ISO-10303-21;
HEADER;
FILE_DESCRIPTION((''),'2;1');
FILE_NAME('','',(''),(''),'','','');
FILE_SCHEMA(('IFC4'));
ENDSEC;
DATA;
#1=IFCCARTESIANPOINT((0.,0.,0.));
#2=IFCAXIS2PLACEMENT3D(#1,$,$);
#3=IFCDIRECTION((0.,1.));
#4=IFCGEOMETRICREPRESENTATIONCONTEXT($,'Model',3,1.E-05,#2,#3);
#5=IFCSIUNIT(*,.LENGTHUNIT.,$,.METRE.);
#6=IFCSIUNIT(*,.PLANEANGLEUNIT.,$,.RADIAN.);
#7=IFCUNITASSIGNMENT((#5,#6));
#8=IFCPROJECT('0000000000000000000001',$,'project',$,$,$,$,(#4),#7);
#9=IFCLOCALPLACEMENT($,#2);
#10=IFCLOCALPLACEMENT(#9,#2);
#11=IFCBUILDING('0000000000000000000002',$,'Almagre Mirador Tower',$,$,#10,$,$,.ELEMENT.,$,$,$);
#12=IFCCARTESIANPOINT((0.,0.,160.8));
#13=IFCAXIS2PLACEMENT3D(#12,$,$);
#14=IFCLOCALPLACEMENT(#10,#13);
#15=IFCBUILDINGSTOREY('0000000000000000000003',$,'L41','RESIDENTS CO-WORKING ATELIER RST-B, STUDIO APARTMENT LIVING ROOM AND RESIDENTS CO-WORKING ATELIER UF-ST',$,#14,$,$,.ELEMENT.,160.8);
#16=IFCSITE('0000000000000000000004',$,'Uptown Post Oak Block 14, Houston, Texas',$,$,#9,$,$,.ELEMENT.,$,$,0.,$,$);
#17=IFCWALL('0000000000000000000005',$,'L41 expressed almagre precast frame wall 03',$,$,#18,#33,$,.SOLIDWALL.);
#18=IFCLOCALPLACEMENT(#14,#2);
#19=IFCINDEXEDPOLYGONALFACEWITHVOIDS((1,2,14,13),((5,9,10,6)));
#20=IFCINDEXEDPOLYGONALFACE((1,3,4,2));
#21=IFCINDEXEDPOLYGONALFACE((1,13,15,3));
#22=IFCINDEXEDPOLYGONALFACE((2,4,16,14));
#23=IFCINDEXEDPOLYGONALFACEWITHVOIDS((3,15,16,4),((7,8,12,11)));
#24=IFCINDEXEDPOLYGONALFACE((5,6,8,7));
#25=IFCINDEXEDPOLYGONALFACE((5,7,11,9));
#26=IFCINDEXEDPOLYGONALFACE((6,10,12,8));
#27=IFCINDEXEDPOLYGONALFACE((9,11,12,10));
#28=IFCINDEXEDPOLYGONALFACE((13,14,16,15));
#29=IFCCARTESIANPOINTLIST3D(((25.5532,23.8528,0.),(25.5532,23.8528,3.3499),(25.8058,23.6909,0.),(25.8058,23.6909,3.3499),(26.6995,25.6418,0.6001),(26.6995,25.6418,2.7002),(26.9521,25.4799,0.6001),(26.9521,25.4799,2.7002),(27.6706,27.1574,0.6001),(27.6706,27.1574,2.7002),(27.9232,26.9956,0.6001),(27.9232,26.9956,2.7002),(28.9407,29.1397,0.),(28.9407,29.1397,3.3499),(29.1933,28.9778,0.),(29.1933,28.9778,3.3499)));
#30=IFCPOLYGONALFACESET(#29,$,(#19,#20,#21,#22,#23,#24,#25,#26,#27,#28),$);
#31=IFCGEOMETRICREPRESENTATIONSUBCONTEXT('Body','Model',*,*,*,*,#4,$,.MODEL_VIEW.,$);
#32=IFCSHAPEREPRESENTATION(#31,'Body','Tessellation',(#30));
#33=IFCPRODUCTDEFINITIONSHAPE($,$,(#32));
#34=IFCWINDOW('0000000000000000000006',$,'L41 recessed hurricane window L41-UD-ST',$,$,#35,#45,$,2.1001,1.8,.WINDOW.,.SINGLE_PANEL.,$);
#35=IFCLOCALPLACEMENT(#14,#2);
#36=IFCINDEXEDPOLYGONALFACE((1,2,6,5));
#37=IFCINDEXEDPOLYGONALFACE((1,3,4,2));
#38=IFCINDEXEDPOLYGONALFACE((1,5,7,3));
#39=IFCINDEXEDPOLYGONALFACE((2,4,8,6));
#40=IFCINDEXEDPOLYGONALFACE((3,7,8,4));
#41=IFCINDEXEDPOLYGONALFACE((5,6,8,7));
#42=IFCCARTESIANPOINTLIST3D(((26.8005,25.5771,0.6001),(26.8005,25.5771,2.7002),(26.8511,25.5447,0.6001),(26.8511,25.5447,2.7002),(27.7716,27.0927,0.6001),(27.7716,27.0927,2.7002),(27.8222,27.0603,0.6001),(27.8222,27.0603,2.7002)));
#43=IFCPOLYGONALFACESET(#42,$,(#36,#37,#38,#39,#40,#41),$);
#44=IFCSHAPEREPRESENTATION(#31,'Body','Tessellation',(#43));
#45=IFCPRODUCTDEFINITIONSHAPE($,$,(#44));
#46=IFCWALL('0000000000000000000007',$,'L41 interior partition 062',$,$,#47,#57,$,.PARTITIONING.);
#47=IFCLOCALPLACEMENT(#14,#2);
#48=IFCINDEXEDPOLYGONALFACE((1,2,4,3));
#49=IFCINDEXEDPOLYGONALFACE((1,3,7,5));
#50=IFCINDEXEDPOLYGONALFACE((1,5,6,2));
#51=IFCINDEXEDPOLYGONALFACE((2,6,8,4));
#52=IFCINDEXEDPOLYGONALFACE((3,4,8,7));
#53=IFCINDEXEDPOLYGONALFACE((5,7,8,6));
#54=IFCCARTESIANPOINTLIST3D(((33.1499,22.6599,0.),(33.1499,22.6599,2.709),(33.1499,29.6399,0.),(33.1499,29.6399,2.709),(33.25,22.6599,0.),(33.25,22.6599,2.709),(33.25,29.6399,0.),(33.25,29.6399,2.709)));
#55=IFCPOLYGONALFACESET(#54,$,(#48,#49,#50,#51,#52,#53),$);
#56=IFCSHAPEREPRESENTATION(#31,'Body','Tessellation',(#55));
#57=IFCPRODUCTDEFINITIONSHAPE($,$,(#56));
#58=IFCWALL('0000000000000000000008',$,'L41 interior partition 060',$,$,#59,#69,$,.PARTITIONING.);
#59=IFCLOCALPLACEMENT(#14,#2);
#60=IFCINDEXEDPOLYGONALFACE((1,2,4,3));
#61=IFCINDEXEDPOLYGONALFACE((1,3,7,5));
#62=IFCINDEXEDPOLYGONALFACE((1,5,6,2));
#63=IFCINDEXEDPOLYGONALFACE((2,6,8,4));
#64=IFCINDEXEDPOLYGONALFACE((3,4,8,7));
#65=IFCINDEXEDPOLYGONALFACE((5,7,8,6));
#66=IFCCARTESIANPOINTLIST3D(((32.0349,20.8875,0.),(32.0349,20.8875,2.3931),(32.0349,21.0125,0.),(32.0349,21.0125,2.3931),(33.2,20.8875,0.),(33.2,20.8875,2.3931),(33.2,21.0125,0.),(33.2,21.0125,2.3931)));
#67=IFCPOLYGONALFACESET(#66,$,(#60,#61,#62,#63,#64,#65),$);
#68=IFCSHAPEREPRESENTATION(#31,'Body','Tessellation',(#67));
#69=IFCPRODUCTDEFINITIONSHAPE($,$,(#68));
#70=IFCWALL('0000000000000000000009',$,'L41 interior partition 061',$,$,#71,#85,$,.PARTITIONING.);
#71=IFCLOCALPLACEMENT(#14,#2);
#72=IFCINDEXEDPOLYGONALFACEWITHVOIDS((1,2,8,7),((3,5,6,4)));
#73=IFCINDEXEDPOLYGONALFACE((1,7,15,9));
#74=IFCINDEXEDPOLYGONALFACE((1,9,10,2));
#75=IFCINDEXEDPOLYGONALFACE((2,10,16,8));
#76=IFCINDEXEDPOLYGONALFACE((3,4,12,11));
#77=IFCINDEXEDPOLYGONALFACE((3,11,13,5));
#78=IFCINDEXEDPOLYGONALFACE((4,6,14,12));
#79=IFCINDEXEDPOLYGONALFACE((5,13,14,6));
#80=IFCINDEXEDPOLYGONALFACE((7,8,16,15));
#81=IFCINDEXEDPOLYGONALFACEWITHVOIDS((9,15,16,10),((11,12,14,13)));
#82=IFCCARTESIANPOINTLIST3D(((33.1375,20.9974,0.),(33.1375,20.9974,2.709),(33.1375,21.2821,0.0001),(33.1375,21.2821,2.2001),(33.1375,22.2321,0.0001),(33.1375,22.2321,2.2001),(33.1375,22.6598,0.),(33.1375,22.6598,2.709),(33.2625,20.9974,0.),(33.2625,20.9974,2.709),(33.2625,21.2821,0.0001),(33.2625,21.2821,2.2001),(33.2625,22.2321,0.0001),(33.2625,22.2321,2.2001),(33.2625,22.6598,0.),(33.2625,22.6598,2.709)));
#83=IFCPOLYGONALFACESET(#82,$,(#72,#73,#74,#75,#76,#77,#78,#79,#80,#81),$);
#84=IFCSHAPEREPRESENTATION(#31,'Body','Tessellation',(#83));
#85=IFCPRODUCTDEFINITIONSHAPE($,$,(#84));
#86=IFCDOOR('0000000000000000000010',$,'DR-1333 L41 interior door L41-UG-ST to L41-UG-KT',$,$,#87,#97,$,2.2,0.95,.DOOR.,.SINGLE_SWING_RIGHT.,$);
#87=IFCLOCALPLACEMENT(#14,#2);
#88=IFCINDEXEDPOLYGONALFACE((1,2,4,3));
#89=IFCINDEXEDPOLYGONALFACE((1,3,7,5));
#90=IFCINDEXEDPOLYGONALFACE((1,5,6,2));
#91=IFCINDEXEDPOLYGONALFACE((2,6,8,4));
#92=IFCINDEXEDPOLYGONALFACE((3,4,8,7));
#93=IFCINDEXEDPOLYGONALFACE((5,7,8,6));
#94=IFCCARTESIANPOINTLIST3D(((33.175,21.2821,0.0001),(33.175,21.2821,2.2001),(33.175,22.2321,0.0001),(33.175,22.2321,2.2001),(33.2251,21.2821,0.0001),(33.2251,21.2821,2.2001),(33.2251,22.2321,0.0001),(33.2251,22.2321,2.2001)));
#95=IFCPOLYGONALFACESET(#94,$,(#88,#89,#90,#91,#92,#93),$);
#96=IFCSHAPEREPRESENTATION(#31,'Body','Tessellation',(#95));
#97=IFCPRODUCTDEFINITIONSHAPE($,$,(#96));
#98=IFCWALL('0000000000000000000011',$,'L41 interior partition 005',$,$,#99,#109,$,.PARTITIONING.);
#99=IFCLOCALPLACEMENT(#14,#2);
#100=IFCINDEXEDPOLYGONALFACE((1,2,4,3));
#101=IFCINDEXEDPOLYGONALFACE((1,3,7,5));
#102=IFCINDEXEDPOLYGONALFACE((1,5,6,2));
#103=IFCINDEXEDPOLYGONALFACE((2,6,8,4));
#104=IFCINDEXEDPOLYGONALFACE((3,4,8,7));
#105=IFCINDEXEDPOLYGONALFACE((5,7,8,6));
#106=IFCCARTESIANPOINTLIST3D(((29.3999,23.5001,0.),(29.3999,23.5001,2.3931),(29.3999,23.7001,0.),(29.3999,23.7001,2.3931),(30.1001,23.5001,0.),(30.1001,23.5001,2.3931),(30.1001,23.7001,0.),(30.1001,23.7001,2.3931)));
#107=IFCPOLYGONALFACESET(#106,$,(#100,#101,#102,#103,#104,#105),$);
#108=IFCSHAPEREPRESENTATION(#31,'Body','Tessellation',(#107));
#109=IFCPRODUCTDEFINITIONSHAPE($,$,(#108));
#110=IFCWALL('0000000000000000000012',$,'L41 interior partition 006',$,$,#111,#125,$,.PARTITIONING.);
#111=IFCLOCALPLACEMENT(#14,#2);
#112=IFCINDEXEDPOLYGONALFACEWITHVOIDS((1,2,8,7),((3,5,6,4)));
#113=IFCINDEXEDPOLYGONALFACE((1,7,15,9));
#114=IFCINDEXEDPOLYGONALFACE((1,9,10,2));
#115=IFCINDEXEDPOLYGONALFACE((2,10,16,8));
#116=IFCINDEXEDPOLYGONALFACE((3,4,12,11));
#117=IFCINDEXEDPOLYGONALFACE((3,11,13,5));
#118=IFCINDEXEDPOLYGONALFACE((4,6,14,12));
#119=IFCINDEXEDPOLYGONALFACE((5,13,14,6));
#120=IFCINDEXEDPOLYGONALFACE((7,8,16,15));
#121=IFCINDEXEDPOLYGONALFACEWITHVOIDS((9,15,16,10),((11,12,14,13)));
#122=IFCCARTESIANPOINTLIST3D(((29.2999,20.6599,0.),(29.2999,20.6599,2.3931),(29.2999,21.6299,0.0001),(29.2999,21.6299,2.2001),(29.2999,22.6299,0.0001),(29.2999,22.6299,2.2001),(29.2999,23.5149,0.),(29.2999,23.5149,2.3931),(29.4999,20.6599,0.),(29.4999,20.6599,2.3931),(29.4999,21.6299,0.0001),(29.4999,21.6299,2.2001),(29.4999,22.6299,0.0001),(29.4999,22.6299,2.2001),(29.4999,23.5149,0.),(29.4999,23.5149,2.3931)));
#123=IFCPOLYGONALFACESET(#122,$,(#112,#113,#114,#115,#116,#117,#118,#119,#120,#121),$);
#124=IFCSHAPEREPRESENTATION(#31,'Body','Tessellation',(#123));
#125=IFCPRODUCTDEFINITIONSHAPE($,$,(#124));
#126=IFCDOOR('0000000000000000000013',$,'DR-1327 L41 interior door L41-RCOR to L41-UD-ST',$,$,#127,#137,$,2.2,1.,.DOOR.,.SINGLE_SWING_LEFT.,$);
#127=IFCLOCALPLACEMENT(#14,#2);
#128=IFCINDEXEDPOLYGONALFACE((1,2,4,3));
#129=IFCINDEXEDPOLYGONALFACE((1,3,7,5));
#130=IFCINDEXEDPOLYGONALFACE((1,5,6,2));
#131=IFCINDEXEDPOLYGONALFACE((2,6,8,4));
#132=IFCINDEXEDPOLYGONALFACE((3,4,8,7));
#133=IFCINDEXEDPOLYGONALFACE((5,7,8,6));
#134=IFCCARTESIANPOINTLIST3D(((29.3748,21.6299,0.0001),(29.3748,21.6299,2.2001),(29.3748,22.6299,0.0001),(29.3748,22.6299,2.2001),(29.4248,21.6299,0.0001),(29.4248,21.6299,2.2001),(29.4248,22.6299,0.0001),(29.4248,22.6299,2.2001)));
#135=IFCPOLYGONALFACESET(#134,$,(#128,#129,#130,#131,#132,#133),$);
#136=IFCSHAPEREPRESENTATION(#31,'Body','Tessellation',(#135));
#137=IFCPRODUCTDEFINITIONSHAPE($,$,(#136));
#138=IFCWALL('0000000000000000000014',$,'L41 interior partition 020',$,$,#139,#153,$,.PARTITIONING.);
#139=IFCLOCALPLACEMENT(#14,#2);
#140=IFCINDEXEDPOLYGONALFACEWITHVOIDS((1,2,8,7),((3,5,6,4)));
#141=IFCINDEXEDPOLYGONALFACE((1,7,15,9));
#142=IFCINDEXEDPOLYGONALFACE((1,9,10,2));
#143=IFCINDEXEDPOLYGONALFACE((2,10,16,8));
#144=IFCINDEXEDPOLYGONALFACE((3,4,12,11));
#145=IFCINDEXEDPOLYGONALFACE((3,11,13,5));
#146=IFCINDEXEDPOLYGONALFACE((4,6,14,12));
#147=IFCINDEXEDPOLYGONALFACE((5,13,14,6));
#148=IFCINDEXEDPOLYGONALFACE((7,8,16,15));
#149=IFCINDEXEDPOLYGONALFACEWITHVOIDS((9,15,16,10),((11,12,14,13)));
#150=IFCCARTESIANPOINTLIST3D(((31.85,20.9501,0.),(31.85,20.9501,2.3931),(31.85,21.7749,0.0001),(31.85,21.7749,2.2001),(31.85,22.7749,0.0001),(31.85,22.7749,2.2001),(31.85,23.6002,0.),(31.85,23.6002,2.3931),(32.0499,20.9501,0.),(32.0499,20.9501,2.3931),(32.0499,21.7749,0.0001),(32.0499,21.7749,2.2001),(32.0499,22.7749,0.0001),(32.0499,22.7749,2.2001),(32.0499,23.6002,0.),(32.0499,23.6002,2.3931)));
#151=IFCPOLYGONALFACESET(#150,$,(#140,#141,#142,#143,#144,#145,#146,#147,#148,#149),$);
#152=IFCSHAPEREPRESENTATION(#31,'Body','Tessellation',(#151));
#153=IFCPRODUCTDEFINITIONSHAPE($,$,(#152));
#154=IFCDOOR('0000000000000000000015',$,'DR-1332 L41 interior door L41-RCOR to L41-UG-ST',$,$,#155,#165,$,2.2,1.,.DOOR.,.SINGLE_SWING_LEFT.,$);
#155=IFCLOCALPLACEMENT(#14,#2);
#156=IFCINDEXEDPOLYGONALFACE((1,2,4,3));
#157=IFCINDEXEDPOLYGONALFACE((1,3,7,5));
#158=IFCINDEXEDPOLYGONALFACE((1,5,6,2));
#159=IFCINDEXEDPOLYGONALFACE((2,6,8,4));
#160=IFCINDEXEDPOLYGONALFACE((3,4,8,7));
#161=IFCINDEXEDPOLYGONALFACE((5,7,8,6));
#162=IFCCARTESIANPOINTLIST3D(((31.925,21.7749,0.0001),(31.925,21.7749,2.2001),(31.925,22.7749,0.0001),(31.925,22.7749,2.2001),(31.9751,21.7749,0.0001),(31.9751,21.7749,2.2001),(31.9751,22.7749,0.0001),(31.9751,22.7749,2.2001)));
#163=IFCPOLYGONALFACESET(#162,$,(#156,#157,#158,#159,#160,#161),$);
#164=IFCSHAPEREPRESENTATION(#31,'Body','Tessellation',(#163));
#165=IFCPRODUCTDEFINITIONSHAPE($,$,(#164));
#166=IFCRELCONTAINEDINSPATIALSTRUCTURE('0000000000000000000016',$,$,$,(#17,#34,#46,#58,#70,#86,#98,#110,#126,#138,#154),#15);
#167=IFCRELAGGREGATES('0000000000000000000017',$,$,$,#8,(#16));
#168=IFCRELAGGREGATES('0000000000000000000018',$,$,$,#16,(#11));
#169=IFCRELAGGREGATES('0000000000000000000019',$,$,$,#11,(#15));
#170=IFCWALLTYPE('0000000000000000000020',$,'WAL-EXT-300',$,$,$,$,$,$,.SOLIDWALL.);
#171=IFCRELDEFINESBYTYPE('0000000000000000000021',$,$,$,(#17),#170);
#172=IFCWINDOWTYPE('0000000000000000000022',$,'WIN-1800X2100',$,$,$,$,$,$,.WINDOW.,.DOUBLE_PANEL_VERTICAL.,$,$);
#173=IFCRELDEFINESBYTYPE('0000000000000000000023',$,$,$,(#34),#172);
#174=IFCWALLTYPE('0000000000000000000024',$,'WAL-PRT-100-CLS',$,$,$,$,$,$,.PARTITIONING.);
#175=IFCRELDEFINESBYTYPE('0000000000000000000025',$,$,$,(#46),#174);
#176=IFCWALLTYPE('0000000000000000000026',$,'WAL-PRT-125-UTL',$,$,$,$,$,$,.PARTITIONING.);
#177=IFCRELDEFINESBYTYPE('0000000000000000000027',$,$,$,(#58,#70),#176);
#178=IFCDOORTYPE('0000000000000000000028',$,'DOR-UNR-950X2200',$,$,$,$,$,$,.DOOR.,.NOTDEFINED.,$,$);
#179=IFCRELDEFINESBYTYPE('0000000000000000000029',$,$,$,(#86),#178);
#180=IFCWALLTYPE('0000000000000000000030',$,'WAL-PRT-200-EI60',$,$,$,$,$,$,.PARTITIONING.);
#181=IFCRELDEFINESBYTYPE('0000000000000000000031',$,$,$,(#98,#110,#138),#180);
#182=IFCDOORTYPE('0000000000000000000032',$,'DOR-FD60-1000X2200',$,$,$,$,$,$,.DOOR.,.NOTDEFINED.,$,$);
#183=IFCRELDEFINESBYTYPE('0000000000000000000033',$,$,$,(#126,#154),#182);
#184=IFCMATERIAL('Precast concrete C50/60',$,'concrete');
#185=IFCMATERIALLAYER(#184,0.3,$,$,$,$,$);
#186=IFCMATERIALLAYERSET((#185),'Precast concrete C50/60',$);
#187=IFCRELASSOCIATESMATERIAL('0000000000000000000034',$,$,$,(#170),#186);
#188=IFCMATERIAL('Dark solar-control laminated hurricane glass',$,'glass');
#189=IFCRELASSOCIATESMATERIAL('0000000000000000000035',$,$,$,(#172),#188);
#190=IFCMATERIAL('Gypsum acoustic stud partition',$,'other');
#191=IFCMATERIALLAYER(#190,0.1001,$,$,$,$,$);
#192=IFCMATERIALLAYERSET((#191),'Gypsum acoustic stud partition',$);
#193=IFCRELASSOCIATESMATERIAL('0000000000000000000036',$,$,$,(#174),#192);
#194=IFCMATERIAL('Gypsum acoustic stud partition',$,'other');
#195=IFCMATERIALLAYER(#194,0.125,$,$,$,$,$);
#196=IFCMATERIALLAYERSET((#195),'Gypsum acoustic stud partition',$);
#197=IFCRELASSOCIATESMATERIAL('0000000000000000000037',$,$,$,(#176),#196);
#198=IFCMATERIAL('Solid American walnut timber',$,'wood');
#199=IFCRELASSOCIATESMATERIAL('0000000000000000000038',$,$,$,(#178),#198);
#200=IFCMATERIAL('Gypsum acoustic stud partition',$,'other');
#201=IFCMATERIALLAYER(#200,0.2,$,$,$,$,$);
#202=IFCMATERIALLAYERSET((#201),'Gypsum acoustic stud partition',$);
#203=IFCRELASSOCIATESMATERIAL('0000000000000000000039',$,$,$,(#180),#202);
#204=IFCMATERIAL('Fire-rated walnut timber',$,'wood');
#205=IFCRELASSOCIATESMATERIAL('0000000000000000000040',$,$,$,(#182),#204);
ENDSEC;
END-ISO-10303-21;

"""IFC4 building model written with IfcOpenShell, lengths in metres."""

from ifc_helpers import new_model, si_unit, direction, frame, frame_2d, origin, place, context, subcontext, project, spatial, rectangle, extrude, material, layer, layer_set, type_object, element, fill, save


model = new_model("IFC4")

# Units and contexts
model_context = context("Model", 3, precision=1e-05, world=origin(), true_north=direction((0.0, 1.0)))
body_context = subcontext(model_context, "Body", "Model", "MODEL_VIEW")
ifc_project = project(units=[si_unit("LENGTHUNIT", "METRE"), si_unit("PLANEANGLEUNIT", "RADIAN")], contexts=[model_context])

# Site, building, storey
site_placement = place(None, origin())
site = spatial("IfcSite", under=ifc_project, at=site_placement, Name="Uptown Post Oak Block 14, Houston, Texas", CompositionType="ELEMENT", RefElevation=0.0)
building_placement = place(site_placement, origin())
building = spatial("IfcBuilding", under=site, at=building_placement, Name="Almagre Mirador Tower", CompositionType="ELEMENT")
storey_placement = place(building_placement, frame((0.0, 0.0, 160.8)))
storey = spatial("IfcBuildingStorey", under=building, at=storey_placement, Name="L41", Description="RESIDENTS CO-WORKING ATELIER RST-B, STUDIO APARTMENT LIVING ROOM AND RESIDENTS CO-WORKING ATELIER UF-ST", CompositionType="ELEMENT", Elevation=160.8)

# Wall, opening, window
ifc_material_1 = material(Name="Precast concrete C50/60", Category="concrete")
ifc_layer_1 = layer(ifc_material_1, 0.3)
ifc_layer_set_1 = layer_set([ifc_layer_1], Name="Precast concrete C50/60")
wall_type_1 = type_object("IfcWallType", Name="WAL-EXT-300", PredefinedType="SOLIDWALL", material=ifc_layer_set_1)
wall_1_placement = place(storey_placement, frame((25.6794, 23.7717, 0.0), z_axis=(0.0, 0.0, 1.0), x_axis=(0.539489, 0.841992, 0.0)))
wall_1 = element("IfcWall", 1, at=wall_1_placement, inside=storey, type_object=wall_type_1, Name="L41 expressed almagre precast frame wall 03", PredefinedType="SOLIDWALL", context=body_context, shape_type="SweptSolid", body=[
    extrude(rectangle(XDim=6.2791, YDim=0.3, at=frame_2d((3.1396, 0.0))), origin(), (0.0, 0.0, 1.0), 3.3499),
])
opening_1_placement = place(wall_1_placement, frame((2.125, 0.0, 0.6001)))
opening_1 = element("IfcOpeningElement", 2, at=opening_1_placement, cuts=wall_1, PredefinedType="OPENING", context=body_context, shape_type="SweptSolid", body=[
    extrude(rectangle(XDim=1.8, YDim=2.1001, at=frame_2d((0.8999, 1.05))), frame((0.0, 0.1599, 0.0), z_axis=(0.0, -1.0, 0.0), x_axis=(1.0, 0.0, 0.0)), (0.0, 0.0, 1.0), 0.32),
])
ifc_material_2 = material(Name="Dark solar-control laminated hurricane glass", Category="glass")
window_type = type_object("IfcWindowType", Name="WIN-1800X2100", PartitioningType="DOUBLE_PANEL_VERTICAL", PredefinedType="WINDOW", material=ifc_material_2)
window_placement = place(opening_1_placement, origin())
window = element("IfcWindow", 3, at=window_placement, inside=storey, type_object=window_type, Name="L41 recessed hurricane window L41-UD-ST", OverallHeight=2.1001, OverallWidth=1.8, PartitioningType="SINGLE_PANEL", PredefinedType="WINDOW", context=body_context, shape_type="SweptSolid", body=[
    extrude(rectangle(XDim=1.8, YDim=2.1001, at=frame_2d((0.8999, 1.05))), frame((0.0, 0.03, 0.0), z_axis=(0.0, -1.0, 0.0), x_axis=(1.0, 0.0, 0.0)), (0.0, 0.0, 1.0), 0.0601),
])
fill(opening_1, window)

# Walls
ifc_material_3 = material(Name="Gypsum acoustic stud partition", Category="other")
ifc_layer_2 = layer(ifc_material_3, 0.1001)
ifc_layer_set_2 = layer_set([ifc_layer_2], Name="Gypsum acoustic stud partition")
wall_type_2 = type_object("IfcWallType", Name="WAL-PRT-100-CLS", PredefinedType="PARTITIONING", material=ifc_layer_set_2)
wall_2_placement = place(storey_placement, frame((33.2, 22.6599, 0.0), z_axis=(0.0, 0.0, 1.0), x_axis=(0.0, 1.0, 0.0)))
element("IfcWall", 4, at=wall_2_placement, inside=storey, type_object=wall_type_2, Name="L41 interior partition 062", PredefinedType="PARTITIONING", context=body_context, shape_type="SweptSolid", body=[
    extrude(rectangle(XDim=6.98, YDim=0.1001, at=frame_2d((3.49, 0.0))), origin(), (0.0, 0.0, 1.0), 2.709),
])
ifc_material_4 = material(Name="Gypsum acoustic stud partition", Category="other")
ifc_layer_3 = layer(ifc_material_4, 0.125)
ifc_layer_set_3 = layer_set([ifc_layer_3], Name="Gypsum acoustic stud partition")
wall_type_3 = type_object("IfcWallType", Name="WAL-PRT-125-UTL", PredefinedType="PARTITIONING", material=ifc_layer_set_3)
wall_3_placement = place(storey_placement, frame((32.0349, 20.95, 0.0), z_axis=(0.0, 0.0, 1.0), x_axis=(1.0, 0.0, 0.0)))
element("IfcWall", 5, at=wall_3_placement, inside=storey, type_object=wall_type_3, Name="L41 interior partition 060", PredefinedType="PARTITIONING", context=body_context, shape_type="SweptSolid", body=[
    extrude(rectangle(XDim=1.165, YDim=0.125, at=frame_2d((0.5825, 0.0))), origin(), (0.0, 0.0, 1.0), 2.3931),
])

# Wall, opening, door
wall_4_placement = place(storey_placement, frame((33.2, 20.9976, 0.0), z_axis=(0.0, 0.0, 1.0), x_axis=(0.0, 1.0, 0.0)))
wall_4 = element("IfcWall", 6, at=wall_4_placement, inside=storey, type_object=wall_type_3, Name="L41 interior partition 061", PredefinedType="PARTITIONING", context=body_context, shape_type="SweptSolid", body=[
    extrude(rectangle(XDim=1.6624, YDim=0.125, at=frame_2d((0.8311, 0.0))), origin(), (0.0, 0.0, 1.0), 2.709),
])
opening_2_placement = place(wall_4_placement, frame((0.2844, 0.0, 0.0)))
opening_2 = element("IfcOpeningElement", 7, at=opening_2_placement, cuts=wall_4, PredefinedType="OPENING", context=body_context, shape_type="SweptSolid", body=[
    extrude(rectangle(XDim=0.95, YDim=2.2, at=frame_2d((0.4751, 1.1001))), frame((0.0, 0.0725, 0.0), z_axis=(0.0, -1.0, 0.0), x_axis=(1.0, 0.0, 0.0)), (0.0, 0.0, 1.0), 0.145),
])
ifc_material_5 = material(Name="Solid American walnut timber", Category="wood")
door_type_1 = type_object("IfcDoorType", Name="DOR-UNR-950X2200", OperationType="NOTDEFINED", PredefinedType="DOOR", material=ifc_material_5)
door_1_placement = place(opening_2_placement, origin())
door_1 = element("IfcDoor", 8, at=door_1_placement, inside=storey, type_object=door_type_1, Name="DR-1333 L41 interior door L41-UG-ST to L41-UG-KT", OperationType="SINGLE_SWING_RIGHT", OverallHeight=2.2, OverallWidth=0.95, PredefinedType="DOOR", context=body_context, shape_type="SweptSolid", body=[
    extrude(rectangle(XDim=0.95, YDim=2.2, at=frame_2d((0.4751, 1.1001))), frame((0.0, 0.0249, 0.0), z_axis=(0.0, -1.0, 0.0), x_axis=(1.0, 0.0, 0.0)), (0.0, 0.0, 1.0), 0.05),
])
fill(opening_2, door_1)

# Wall
ifc_material_6 = material(Name="Gypsum acoustic stud partition", Category="other")
ifc_layer_4 = layer(ifc_material_6, 0.2)
ifc_layer_set_4 = layer_set([ifc_layer_4], Name="Gypsum acoustic stud partition")
wall_type_4 = type_object("IfcWallType", Name="WAL-PRT-200-EI60", PredefinedType="PARTITIONING", material=ifc_layer_set_4)
wall_5_placement = place(storey_placement, frame((30.1001, 23.6001, 0.0), z_axis=(0.0, 0.0, 1.0), x_axis=(-1.0, 0.0, 0.0)))
element("IfcWall", 9, at=wall_5_placement, inside=storey, type_object=wall_type_4, Name="L41 interior partition 005", PredefinedType="PARTITIONING", context=body_context, shape_type="SweptSolid", body=[
    extrude(rectangle(XDim=0.7002, YDim=0.2, at=frame_2d((0.3501, 0.0))), origin(), (0.0, 0.0, 1.0), 2.3931),
])

# Walls, openings, doors
wall_6_placement = place(storey_placement, frame((29.3999, 23.5149, 0.0), z_axis=(0.0, 0.0, 1.0), x_axis=(0.0, -1.0, 0.0)))
wall_6 = element("IfcWall", 10, at=wall_6_placement, inside=storey, type_object=wall_type_4, Name="L41 interior partition 006", PredefinedType="PARTITIONING", context=body_context, shape_type="SweptSolid", body=[
    extrude(rectangle(XDim=2.855, YDim=0.2, at=frame_2d((1.4275, 0.0))), origin(), (0.0, 0.0, 1.0), 2.3931),
])
opening_3_placement = place(wall_6_placement, frame((0.885, 0.0, 0.0)))
opening_3 = element("IfcOpeningElement", 11, at=opening_3_placement, cuts=wall_6, PredefinedType="OPENING", context=body_context, shape_type="SweptSolid", body=[
    extrude(rectangle(XDim=1.0, YDim=2.2, at=frame_2d((0.5, 1.1001))), frame((0.0, 0.1101, 0.0), z_axis=(0.0, -1.0, 0.0), x_axis=(1.0, 0.0, 0.0)), (0.0, 0.0, 1.0), 0.22),
])
ifc_material_7 = material(Name="Fire-rated walnut timber", Category="wood")
door_type_2 = type_object("IfcDoorType", Name="DOR-FD60-1000X2200", OperationType="NOTDEFINED", PredefinedType="DOOR", material=ifc_material_7)
door_2_placement = place(opening_3_placement, origin())
door_2 = element("IfcDoor", 12, at=door_2_placement, inside=storey, type_object=door_type_2, Name="DR-1327 L41 interior door L41-RCOR to L41-UD-ST", OperationType="SINGLE_SWING_LEFT", OverallHeight=2.2, OverallWidth=1.0, PredefinedType="DOOR", context=body_context, shape_type="SweptSolid", body=[
    extrude(rectangle(XDim=1.0, YDim=2.2, at=frame_2d((0.5, 1.1001))), frame((0.0, 0.0249, 0.0), z_axis=(0.0, -1.0, 0.0), x_axis=(1.0, 0.0, 0.0)), (0.0, 0.0, 1.0), 0.05),
])
fill(opening_3, door_2)
wall_7_placement = place(storey_placement, frame((31.95, 20.95, 0.0), z_axis=(0.0, 0.0, 1.0), x_axis=(0.0, 1.0, 0.0)))
wall_7 = element("IfcWall", 13, at=wall_7_placement, inside=storey, type_object=wall_type_4, Name="L41 interior partition 020", PredefinedType="PARTITIONING", context=body_context, shape_type="SweptSolid", body=[
    extrude(rectangle(XDim=2.6501, YDim=0.2, at=frame_2d((1.3252, 0.0))), origin(), (0.0, 0.0, 1.0), 2.3931),
])
opening_4_placement = place(wall_7_placement, frame((0.825, 0.0, 0.0)))
opening_4 = element("IfcOpeningElement", 14, at=opening_4_placement, cuts=wall_7, PredefinedType="OPENING", context=body_context, shape_type="SweptSolid", body=[
    extrude(rectangle(XDim=1.0, YDim=2.2, at=frame_2d((0.5, 1.1001))), frame((0.0, 0.1101, 0.0), z_axis=(0.0, -1.0, 0.0), x_axis=(1.0, 0.0, 0.0)), (0.0, 0.0, 1.0), 0.22),
])
door_3_placement = place(opening_4_placement, origin())
door_3 = element("IfcDoor", 15, at=door_3_placement, inside=storey, type_object=door_type_2, Name="DR-1332 L41 interior door L41-RCOR to L41-UG-ST", OperationType="SINGLE_SWING_LEFT", OverallHeight=2.2, OverallWidth=1.0, PredefinedType="DOOR", context=body_context, shape_type="SweptSolid", body=[
    extrude(rectangle(XDim=1.0, YDim=2.2, at=frame_2d((0.5, 1.1001))), frame((0.0, 0.0249, 0.0), z_axis=(0.0, -1.0, 0.0), x_axis=(1.0, 0.0, 0.0)), (0.0, 0.0, 1.0), 0.05),
])
fill(opening_4, door_3)

save(model, "model.ifc")
